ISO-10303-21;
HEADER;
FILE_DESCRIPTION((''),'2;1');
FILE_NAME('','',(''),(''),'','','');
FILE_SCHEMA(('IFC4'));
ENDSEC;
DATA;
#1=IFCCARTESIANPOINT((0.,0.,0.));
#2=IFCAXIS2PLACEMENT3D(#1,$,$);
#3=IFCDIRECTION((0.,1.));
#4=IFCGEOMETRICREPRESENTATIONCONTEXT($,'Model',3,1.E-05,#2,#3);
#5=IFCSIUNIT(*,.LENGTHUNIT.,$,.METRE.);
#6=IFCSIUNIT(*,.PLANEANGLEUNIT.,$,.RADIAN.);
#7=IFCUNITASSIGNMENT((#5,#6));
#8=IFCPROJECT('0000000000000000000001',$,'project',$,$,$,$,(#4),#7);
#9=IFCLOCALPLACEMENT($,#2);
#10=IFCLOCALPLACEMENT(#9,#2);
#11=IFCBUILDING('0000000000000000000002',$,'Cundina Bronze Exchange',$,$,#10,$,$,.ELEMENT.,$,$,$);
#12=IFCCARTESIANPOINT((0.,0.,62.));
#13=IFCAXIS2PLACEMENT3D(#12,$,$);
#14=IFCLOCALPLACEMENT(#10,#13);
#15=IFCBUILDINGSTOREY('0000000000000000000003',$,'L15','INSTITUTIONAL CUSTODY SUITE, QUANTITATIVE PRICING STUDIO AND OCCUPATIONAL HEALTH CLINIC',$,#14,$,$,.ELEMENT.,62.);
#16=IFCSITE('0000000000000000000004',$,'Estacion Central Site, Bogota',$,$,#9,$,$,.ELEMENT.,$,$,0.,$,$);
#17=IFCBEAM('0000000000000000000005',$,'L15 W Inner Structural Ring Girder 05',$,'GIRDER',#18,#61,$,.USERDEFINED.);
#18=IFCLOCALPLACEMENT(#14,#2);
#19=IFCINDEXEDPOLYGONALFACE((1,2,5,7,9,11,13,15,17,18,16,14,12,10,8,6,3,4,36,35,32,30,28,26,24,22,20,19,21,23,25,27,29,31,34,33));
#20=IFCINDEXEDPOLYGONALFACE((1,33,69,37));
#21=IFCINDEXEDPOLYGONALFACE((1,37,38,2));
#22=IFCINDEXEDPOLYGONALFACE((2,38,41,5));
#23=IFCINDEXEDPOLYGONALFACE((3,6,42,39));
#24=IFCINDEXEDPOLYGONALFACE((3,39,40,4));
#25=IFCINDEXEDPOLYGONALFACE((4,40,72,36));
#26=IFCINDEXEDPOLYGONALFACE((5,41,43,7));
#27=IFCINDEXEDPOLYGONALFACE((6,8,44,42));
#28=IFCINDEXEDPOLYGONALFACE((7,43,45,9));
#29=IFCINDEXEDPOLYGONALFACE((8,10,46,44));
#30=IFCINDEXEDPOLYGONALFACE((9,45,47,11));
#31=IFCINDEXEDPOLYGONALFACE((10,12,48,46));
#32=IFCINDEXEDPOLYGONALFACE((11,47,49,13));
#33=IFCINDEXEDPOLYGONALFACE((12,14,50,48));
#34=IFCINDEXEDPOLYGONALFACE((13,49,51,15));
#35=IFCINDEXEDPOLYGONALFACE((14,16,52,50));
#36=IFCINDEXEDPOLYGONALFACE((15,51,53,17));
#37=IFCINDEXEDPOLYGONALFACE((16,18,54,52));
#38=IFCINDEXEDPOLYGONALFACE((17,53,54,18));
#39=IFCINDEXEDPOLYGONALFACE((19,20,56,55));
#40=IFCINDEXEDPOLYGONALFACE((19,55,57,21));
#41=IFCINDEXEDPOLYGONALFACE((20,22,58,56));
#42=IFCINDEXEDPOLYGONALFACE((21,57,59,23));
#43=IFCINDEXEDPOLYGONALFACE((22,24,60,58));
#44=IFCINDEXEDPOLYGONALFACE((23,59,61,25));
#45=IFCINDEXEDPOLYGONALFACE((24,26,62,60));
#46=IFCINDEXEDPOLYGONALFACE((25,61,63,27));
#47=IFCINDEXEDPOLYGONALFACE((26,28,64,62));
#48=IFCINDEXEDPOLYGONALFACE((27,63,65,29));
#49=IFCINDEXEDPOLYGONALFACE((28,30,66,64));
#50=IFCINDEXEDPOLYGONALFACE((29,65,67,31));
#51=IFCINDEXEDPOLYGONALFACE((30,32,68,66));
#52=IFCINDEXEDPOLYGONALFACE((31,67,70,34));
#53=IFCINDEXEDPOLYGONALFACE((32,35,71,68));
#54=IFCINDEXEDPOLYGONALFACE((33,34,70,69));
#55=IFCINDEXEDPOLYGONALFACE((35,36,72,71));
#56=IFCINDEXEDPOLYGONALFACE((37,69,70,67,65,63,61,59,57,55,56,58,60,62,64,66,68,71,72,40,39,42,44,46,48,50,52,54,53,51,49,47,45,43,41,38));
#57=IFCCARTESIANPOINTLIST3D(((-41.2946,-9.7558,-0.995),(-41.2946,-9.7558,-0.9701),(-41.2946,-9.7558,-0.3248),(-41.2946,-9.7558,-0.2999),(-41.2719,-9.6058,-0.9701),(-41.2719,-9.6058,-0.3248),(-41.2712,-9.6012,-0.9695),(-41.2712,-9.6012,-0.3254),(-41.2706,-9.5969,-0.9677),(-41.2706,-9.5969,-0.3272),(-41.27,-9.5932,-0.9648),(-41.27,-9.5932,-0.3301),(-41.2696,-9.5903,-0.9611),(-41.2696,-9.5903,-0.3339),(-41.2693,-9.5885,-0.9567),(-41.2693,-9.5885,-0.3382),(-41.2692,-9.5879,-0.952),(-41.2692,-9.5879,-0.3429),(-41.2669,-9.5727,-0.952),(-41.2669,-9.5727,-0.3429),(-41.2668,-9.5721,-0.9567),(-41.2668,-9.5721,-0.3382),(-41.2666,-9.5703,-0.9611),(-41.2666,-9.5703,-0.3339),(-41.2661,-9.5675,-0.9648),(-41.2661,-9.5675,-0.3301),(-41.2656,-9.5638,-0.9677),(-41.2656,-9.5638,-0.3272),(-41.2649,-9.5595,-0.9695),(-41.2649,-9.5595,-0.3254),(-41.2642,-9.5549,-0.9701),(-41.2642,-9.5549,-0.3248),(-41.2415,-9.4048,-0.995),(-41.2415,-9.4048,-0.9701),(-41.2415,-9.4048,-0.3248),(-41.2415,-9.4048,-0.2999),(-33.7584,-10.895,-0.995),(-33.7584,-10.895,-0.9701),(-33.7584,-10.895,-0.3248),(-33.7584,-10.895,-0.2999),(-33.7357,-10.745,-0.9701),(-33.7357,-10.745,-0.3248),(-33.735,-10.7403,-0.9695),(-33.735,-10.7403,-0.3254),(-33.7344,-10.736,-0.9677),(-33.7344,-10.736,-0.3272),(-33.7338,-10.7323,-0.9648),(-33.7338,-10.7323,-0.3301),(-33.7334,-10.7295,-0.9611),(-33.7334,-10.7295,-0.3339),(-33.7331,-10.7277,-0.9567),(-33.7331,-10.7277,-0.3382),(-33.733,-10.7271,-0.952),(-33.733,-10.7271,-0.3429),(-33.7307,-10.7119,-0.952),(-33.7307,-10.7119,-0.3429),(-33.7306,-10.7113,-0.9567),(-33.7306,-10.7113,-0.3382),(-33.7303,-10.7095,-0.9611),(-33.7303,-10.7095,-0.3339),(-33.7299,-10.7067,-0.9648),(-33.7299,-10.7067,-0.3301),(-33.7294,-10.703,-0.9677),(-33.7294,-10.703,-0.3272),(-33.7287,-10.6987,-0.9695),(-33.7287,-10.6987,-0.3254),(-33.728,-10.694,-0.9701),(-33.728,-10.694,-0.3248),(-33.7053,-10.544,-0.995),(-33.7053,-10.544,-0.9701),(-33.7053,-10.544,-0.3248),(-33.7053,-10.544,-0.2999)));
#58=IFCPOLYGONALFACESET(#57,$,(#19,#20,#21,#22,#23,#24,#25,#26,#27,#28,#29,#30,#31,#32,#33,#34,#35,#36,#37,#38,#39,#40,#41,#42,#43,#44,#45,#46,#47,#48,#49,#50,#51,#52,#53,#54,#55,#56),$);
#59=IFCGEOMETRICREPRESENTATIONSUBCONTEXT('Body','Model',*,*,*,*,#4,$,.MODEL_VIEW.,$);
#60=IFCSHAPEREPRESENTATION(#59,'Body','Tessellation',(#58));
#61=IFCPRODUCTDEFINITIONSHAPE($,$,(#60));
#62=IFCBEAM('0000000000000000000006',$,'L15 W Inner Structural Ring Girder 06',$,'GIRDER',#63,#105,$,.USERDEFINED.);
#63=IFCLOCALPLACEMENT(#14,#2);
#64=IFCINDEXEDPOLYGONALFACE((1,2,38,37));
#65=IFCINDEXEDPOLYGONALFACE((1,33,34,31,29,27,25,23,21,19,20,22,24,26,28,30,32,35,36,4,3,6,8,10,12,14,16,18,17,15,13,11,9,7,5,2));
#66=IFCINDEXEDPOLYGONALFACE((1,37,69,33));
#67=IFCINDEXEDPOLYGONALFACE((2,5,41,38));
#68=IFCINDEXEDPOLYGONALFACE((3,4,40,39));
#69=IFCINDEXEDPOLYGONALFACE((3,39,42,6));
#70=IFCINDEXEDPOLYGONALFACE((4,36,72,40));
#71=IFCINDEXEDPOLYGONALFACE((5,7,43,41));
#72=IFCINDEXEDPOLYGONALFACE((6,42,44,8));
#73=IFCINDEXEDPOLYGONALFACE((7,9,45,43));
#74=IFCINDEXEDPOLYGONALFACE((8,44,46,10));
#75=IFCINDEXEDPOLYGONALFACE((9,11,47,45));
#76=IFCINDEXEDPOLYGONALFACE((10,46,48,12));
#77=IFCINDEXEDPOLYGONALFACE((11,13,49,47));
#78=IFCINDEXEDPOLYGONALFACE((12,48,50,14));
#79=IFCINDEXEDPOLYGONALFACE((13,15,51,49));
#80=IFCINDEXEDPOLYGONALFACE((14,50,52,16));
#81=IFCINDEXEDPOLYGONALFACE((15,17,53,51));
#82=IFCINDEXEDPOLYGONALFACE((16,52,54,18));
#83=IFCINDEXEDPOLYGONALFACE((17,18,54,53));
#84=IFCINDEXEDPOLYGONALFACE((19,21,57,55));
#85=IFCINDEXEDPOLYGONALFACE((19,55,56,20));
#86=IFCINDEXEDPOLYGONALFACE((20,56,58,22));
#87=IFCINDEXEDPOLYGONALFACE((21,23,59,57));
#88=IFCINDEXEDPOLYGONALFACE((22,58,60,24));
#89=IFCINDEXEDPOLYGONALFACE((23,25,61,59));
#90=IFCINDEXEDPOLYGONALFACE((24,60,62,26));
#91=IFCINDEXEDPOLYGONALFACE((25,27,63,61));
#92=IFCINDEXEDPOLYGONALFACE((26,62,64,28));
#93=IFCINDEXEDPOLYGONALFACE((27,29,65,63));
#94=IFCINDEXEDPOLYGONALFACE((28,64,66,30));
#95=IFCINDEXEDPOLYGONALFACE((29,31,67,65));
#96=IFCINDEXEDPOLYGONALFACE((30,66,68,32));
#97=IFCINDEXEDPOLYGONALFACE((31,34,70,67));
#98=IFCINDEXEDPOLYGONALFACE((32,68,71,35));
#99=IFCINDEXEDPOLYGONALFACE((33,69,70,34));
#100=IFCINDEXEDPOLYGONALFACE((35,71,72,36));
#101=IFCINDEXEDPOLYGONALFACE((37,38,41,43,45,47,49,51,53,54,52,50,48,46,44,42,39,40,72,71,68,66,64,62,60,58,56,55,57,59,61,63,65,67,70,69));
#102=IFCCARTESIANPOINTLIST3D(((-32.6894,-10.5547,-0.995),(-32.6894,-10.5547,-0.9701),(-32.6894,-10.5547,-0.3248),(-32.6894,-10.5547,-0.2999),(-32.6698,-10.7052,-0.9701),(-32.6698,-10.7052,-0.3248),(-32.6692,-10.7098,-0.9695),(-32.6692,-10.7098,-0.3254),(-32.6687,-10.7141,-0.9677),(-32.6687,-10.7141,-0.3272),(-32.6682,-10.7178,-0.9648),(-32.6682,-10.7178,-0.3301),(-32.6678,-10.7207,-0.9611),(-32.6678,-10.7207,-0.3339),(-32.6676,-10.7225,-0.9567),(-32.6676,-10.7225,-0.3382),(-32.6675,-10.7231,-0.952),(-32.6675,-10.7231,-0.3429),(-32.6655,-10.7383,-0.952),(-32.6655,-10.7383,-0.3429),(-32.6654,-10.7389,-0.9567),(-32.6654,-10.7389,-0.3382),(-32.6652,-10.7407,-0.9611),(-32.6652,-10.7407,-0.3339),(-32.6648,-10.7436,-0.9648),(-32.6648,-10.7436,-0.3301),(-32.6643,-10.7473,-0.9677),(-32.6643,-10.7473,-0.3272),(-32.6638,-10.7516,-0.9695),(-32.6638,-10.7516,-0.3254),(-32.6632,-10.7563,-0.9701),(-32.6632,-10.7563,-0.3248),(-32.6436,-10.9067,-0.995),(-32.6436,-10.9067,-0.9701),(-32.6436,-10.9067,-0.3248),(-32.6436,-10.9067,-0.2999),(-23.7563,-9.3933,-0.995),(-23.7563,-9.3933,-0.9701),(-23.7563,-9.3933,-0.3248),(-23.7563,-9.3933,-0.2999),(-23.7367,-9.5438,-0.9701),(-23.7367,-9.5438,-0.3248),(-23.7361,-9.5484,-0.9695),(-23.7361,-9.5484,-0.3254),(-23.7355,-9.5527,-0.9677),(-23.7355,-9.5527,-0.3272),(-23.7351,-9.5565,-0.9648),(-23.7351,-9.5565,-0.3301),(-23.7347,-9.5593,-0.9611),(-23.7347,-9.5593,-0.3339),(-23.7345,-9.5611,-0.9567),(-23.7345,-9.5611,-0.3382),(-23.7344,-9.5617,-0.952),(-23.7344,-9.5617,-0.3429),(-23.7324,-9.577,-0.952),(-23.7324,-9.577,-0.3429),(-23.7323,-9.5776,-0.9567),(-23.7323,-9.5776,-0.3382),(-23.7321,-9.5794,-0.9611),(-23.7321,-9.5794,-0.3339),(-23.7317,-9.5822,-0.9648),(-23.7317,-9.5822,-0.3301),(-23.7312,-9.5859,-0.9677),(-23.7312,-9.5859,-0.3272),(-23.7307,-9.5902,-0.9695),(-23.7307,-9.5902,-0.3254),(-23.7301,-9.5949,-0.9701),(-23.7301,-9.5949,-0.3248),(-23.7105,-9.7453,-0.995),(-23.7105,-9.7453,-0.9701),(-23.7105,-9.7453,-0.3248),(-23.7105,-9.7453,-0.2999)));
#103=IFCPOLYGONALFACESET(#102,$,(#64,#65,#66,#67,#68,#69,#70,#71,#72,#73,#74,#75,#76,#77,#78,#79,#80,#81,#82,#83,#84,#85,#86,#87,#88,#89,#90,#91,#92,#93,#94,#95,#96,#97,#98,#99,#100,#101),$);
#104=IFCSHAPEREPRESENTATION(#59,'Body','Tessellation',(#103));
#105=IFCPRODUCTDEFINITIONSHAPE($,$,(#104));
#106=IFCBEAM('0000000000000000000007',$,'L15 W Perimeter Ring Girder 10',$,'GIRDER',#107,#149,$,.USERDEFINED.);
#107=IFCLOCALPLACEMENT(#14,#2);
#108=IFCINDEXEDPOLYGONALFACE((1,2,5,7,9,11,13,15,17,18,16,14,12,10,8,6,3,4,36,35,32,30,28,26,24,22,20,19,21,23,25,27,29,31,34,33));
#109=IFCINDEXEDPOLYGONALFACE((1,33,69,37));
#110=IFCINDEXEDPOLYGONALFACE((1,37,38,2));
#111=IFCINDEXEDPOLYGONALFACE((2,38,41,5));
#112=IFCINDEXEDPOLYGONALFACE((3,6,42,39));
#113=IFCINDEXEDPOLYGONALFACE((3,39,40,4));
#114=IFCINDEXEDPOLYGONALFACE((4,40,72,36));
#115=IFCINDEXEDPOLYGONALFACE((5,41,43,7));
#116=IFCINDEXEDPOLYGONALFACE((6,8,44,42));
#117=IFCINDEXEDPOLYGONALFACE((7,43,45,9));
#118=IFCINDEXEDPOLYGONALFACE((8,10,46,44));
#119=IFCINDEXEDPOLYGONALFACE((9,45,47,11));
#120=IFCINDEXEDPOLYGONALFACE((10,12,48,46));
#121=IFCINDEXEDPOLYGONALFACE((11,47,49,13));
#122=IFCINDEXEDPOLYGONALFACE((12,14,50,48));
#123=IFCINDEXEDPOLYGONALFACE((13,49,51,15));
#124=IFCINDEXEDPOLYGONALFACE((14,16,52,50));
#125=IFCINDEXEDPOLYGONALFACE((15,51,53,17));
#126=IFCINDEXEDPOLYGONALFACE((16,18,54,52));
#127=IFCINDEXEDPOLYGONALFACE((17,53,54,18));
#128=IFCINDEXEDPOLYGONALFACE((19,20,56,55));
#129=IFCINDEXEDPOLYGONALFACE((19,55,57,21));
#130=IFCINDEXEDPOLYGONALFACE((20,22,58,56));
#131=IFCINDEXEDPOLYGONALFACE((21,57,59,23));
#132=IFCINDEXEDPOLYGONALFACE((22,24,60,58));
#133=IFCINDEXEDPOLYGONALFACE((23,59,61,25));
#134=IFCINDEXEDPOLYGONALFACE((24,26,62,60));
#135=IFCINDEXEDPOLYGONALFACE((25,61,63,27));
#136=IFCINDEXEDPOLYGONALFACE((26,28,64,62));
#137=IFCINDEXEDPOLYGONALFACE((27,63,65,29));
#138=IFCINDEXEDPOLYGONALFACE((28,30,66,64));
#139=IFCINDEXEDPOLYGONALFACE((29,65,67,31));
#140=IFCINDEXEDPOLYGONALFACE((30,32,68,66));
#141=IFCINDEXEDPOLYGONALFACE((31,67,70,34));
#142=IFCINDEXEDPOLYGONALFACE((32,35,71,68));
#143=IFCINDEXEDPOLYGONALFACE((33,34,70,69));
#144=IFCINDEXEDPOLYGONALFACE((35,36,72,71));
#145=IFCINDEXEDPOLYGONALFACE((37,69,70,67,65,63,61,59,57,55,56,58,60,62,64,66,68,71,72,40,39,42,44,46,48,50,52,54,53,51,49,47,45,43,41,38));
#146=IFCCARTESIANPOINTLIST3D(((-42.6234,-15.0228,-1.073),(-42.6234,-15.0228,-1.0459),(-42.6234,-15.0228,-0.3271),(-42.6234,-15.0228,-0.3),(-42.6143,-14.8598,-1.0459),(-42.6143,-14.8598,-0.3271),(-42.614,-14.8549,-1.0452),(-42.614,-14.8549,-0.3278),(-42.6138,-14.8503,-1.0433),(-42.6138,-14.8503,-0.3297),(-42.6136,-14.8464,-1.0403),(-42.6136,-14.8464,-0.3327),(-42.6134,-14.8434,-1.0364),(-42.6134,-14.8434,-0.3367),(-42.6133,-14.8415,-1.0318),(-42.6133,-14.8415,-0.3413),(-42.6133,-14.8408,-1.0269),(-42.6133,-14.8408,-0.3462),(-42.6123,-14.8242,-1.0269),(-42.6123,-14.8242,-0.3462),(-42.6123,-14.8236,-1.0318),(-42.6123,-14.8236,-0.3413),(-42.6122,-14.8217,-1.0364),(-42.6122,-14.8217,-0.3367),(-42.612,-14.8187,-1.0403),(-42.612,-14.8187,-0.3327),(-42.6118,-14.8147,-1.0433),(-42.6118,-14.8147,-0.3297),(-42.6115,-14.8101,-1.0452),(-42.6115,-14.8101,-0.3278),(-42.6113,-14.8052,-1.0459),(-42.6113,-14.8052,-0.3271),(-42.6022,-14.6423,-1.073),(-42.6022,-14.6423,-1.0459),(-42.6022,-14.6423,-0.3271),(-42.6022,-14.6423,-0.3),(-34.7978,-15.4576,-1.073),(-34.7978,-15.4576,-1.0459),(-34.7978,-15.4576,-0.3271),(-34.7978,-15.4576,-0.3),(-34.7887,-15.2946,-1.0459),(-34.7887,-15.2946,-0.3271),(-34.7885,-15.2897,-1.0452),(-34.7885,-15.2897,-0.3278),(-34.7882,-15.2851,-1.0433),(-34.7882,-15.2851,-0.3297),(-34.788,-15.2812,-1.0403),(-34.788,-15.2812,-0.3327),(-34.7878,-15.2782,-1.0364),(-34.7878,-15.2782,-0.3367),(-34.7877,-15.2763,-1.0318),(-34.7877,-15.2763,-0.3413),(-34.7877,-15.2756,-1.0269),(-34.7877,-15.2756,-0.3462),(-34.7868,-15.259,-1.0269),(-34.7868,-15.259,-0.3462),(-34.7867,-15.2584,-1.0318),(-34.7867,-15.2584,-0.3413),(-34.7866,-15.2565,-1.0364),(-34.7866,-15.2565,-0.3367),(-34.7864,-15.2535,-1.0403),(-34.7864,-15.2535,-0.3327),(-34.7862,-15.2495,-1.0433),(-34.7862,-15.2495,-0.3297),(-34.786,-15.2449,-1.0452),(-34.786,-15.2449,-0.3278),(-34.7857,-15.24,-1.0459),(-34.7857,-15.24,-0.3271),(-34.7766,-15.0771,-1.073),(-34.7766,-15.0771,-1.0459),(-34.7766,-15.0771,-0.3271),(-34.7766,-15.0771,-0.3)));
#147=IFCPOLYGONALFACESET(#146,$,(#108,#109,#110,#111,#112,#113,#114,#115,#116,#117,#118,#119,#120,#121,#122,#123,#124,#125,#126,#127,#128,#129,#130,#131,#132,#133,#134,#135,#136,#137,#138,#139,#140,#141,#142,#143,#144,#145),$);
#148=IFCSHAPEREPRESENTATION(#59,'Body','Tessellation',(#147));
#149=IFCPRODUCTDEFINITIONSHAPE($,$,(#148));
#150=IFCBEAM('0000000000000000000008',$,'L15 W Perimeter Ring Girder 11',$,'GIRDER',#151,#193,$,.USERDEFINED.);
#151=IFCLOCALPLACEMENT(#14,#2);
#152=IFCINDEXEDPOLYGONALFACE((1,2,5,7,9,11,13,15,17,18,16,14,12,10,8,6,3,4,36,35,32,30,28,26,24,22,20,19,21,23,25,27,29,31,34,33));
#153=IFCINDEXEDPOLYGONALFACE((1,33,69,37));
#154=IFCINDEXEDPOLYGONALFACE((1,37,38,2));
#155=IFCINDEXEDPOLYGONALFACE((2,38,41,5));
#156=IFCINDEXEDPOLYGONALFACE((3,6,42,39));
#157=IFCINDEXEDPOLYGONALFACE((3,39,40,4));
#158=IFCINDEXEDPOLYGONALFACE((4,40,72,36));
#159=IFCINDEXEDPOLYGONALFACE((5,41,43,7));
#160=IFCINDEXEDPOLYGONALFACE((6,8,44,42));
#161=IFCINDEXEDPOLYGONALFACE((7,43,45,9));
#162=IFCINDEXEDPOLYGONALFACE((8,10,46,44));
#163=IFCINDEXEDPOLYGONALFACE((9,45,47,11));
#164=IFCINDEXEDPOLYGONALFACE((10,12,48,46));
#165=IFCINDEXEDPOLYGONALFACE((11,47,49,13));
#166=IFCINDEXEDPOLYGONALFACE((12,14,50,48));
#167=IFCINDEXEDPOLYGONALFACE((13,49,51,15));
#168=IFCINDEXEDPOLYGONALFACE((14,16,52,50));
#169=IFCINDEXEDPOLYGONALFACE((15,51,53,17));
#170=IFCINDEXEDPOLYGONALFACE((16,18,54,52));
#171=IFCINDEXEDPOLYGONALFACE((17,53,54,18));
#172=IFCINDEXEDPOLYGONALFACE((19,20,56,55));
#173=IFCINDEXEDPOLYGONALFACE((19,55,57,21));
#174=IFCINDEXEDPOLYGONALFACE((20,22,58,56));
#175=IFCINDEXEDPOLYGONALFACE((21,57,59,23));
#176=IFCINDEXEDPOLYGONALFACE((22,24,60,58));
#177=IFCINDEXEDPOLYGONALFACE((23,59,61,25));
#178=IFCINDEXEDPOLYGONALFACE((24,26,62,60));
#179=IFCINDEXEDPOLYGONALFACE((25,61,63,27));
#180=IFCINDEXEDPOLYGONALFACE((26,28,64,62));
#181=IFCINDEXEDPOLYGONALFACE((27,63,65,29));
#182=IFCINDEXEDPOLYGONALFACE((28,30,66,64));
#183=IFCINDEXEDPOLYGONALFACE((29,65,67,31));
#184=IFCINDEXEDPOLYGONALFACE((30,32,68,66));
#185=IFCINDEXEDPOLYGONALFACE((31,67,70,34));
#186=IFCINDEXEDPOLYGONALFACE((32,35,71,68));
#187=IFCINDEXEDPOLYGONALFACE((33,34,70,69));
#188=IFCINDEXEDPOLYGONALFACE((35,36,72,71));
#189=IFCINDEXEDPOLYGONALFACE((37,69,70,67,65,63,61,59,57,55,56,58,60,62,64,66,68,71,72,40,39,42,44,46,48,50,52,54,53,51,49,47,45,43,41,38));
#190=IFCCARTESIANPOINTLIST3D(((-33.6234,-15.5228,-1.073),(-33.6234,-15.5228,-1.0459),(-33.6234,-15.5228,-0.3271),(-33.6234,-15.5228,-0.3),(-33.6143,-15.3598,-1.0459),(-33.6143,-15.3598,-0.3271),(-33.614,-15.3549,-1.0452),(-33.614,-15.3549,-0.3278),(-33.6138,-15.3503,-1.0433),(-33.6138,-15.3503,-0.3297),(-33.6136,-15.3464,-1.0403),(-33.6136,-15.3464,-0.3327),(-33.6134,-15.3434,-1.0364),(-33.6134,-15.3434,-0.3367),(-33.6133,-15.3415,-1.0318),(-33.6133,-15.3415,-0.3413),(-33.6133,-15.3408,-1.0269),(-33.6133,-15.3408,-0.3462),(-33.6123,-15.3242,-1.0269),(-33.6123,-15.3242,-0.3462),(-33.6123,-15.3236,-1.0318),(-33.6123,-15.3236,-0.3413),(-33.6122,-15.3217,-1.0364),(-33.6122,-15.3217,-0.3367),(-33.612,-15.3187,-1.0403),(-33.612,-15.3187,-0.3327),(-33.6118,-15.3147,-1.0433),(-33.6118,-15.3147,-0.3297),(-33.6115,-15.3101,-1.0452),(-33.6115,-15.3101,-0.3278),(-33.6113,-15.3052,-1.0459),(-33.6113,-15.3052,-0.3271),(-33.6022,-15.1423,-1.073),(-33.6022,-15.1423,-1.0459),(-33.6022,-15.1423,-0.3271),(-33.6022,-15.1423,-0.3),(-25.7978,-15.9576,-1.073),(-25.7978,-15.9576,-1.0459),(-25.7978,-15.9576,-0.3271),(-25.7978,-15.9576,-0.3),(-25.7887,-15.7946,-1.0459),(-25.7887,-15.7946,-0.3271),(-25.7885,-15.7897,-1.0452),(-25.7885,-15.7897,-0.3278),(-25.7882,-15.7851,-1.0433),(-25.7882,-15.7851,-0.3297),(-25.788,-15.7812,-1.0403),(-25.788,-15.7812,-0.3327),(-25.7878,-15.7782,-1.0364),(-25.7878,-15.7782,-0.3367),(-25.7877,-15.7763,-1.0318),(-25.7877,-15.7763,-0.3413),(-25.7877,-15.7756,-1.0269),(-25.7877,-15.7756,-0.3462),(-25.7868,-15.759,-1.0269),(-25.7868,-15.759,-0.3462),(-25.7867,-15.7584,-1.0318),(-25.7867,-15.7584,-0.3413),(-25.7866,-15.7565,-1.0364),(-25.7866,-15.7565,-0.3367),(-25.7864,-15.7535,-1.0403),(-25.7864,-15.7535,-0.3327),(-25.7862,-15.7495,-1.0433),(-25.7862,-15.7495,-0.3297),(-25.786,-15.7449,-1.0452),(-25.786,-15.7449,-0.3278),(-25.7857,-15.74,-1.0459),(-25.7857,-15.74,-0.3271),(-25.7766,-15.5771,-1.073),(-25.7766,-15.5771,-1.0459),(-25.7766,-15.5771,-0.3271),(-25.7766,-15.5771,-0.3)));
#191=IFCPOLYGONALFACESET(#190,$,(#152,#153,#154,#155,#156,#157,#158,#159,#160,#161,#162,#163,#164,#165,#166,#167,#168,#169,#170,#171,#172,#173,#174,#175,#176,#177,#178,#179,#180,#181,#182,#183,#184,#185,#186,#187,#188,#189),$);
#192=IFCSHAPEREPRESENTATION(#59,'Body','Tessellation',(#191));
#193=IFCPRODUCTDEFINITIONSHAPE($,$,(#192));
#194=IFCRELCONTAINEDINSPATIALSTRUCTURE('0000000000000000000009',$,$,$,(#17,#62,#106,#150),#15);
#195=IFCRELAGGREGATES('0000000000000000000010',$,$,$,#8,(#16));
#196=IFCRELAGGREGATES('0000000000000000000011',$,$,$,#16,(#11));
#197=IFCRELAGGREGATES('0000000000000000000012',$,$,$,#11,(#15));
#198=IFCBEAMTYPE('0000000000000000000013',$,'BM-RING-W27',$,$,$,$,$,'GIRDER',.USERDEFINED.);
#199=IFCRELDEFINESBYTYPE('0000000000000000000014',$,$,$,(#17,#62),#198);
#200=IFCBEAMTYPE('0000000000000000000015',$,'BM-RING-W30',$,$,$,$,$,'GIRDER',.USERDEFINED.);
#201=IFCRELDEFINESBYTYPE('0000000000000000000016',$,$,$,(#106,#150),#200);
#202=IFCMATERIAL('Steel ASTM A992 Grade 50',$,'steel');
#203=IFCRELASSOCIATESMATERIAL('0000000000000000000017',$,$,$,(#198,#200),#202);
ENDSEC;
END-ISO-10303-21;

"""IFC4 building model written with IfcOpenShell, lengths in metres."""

from ifc_helpers import new_model, si_unit, direction, frame, origin, origin_2d, place, context, subcontext, project, spatial, i_section, extrude, material, material_profile, profile_set, type_object, element, save


model = new_model("IFC4")

# Units and contexts
model_context = context("Model", 3, precision=1e-05, world=origin(), true_north=direction((0.0, 1.0)))
body_context = subcontext(model_context, "Body", "Model", "MODEL_VIEW")
ifc_project = project(units=[si_unit("LENGTHUNIT", "METRE"), si_unit("PLANEANGLEUNIT", "RADIAN")], contexts=[model_context])

# Site, building, storey
site_placement = place(None, origin())
site = spatial("IfcSite", under=ifc_project, at=site_placement, Name="Estacion Central Site, Bogota", CompositionType="ELEMENT", RefElevation=0.0)
building_placement = place(site_placement, origin())
building = spatial("IfcBuilding", under=site, at=building_placement, Name="Cundina Bronze Exchange", CompositionType="ELEMENT")
storey_placement = place(building_placement, frame((0.0, 0.0, 62.0)))
storey = spatial("IfcBuildingStorey", under=building, at=storey_placement, Name="L15", Description="INSTITUTIONAL CUSTODY SUITE, QUANTITATIVE PRICING STUDIO AND OCCUPATIONAL HEALTH CLINIC", CompositionType="ELEMENT", Elevation=62.0)

# Beams
ifc_material_1 = material(Name="Steel ASTM A992 Grade 50", Category="steel")
ifc_material_profile_1 = material_profile(ifc_material_1, i_section(OverallWidth=0.355, OverallDepth=0.6951, WebThickness=0.0154, FlangeThickness=0.0249, FilletRadius=0.0181, at=origin_2d()), Name="W27X146", Category="steel")
ifc_profile_set_1 = profile_set([ifc_material_profile_1], Name="Steel ASTM A992 Grade 50")
beam_type_1 = type_object("IfcBeamType", Name="BM-RING-W27", ElementType="GIRDER", PredefinedType="USERDEFINED", material=ifc_profile_set_1)
beam_1_placement = place(storey_placement, frame((-41.2681, -9.5803, -0.6475), z_axis=(0.988767, -0.149462, 0.0), x_axis=(0.149462, 0.988767, 0.0)))
element("IfcBeam", 1, at=beam_1_placement, inside=storey, type_object=beam_type_1, Name="L15 W Inner Structural Ring Girder 05", ObjectType="GIRDER", PredefinedType="USERDEFINED", context=body_context, shape_type="SweptSolid", body=[
    extrude(i_section(OverallWidth=0.355, OverallDepth=0.6951, WebThickness=0.0154, FlangeThickness=0.0249, FilletRadius=0.0181, at=origin_2d()), origin(), (0.0, 0.0, 1.0), 7.6218),
])
beam_2_placement = place(storey_placement, frame((-32.6665, -10.7307, -0.6475), z_axis=(0.991655, 0.128923, 0.0), x_axis=(-0.128923, 0.991655, 0.0)))
element("IfcBeam", 2, at=beam_2_placement, inside=storey, type_object=beam_type_1, Name="L15 W Inner Structural Ring Girder 06", ObjectType="GIRDER", PredefinedType="USERDEFINED", context=body_context, shape_type="SweptSolid", body=[
    extrude(i_section(OverallWidth=0.355, OverallDepth=0.6951, WebThickness=0.0154, FlangeThickness=0.0249, FilletRadius=0.0181, at=origin_2d()), origin(), (0.0, 0.0, 1.0), 9.0083),
])
ifc_material_profile_2 = material_profile(ifc_material_1, i_section(OverallWidth=0.3811, OverallDepth=0.7729, WebThickness=0.0166, FlangeThickness=0.0271, FilletRadius=0.019, at=origin_2d()), Name="W30X173", Category="steel")
ifc_profile_set_2 = profile_set([ifc_material_profile_2], Name="Steel ASTM A992 Grade 50")
beam_type_2 = type_object("IfcBeamType", Name="BM-RING-W30", ElementType="GIRDER", PredefinedType="USERDEFINED", material=ifc_profile_set_2)
for number, where, z_axis, x_axis, name in (
    (3, (-42.6128, -14.8325, -0.6865), (0.99846, -0.055477, 0.0), (0.055477, 0.99846, 0.0), "L15 W Perimeter Ring Girder 10"),
    (4, (-33.6128, -15.3325, -0.6865), (0.99846, -0.055477, 0.0), (0.055477, 0.99846, 0.0), "L15 W Perimeter Ring Girder 11"),
):
    element("IfcBeam", number, at=place(storey_placement, frame(where, z_axis=z_axis, x_axis=x_axis)), inside=storey, type_object=beam_type_2, Name=name, ObjectType="GIRDER", PredefinedType="USERDEFINED", context=body_context, shape_type="SweptSolid", body=[
        extrude(i_section(OverallWidth=0.3811, OverallDepth=0.7729, WebThickness=0.0166, FlangeThickness=0.0271, FilletRadius=0.019, at=origin_2d()), origin(), (0.0, 0.0, 1.0), 7.8376),
    ])

save(model, "model.ifc")
